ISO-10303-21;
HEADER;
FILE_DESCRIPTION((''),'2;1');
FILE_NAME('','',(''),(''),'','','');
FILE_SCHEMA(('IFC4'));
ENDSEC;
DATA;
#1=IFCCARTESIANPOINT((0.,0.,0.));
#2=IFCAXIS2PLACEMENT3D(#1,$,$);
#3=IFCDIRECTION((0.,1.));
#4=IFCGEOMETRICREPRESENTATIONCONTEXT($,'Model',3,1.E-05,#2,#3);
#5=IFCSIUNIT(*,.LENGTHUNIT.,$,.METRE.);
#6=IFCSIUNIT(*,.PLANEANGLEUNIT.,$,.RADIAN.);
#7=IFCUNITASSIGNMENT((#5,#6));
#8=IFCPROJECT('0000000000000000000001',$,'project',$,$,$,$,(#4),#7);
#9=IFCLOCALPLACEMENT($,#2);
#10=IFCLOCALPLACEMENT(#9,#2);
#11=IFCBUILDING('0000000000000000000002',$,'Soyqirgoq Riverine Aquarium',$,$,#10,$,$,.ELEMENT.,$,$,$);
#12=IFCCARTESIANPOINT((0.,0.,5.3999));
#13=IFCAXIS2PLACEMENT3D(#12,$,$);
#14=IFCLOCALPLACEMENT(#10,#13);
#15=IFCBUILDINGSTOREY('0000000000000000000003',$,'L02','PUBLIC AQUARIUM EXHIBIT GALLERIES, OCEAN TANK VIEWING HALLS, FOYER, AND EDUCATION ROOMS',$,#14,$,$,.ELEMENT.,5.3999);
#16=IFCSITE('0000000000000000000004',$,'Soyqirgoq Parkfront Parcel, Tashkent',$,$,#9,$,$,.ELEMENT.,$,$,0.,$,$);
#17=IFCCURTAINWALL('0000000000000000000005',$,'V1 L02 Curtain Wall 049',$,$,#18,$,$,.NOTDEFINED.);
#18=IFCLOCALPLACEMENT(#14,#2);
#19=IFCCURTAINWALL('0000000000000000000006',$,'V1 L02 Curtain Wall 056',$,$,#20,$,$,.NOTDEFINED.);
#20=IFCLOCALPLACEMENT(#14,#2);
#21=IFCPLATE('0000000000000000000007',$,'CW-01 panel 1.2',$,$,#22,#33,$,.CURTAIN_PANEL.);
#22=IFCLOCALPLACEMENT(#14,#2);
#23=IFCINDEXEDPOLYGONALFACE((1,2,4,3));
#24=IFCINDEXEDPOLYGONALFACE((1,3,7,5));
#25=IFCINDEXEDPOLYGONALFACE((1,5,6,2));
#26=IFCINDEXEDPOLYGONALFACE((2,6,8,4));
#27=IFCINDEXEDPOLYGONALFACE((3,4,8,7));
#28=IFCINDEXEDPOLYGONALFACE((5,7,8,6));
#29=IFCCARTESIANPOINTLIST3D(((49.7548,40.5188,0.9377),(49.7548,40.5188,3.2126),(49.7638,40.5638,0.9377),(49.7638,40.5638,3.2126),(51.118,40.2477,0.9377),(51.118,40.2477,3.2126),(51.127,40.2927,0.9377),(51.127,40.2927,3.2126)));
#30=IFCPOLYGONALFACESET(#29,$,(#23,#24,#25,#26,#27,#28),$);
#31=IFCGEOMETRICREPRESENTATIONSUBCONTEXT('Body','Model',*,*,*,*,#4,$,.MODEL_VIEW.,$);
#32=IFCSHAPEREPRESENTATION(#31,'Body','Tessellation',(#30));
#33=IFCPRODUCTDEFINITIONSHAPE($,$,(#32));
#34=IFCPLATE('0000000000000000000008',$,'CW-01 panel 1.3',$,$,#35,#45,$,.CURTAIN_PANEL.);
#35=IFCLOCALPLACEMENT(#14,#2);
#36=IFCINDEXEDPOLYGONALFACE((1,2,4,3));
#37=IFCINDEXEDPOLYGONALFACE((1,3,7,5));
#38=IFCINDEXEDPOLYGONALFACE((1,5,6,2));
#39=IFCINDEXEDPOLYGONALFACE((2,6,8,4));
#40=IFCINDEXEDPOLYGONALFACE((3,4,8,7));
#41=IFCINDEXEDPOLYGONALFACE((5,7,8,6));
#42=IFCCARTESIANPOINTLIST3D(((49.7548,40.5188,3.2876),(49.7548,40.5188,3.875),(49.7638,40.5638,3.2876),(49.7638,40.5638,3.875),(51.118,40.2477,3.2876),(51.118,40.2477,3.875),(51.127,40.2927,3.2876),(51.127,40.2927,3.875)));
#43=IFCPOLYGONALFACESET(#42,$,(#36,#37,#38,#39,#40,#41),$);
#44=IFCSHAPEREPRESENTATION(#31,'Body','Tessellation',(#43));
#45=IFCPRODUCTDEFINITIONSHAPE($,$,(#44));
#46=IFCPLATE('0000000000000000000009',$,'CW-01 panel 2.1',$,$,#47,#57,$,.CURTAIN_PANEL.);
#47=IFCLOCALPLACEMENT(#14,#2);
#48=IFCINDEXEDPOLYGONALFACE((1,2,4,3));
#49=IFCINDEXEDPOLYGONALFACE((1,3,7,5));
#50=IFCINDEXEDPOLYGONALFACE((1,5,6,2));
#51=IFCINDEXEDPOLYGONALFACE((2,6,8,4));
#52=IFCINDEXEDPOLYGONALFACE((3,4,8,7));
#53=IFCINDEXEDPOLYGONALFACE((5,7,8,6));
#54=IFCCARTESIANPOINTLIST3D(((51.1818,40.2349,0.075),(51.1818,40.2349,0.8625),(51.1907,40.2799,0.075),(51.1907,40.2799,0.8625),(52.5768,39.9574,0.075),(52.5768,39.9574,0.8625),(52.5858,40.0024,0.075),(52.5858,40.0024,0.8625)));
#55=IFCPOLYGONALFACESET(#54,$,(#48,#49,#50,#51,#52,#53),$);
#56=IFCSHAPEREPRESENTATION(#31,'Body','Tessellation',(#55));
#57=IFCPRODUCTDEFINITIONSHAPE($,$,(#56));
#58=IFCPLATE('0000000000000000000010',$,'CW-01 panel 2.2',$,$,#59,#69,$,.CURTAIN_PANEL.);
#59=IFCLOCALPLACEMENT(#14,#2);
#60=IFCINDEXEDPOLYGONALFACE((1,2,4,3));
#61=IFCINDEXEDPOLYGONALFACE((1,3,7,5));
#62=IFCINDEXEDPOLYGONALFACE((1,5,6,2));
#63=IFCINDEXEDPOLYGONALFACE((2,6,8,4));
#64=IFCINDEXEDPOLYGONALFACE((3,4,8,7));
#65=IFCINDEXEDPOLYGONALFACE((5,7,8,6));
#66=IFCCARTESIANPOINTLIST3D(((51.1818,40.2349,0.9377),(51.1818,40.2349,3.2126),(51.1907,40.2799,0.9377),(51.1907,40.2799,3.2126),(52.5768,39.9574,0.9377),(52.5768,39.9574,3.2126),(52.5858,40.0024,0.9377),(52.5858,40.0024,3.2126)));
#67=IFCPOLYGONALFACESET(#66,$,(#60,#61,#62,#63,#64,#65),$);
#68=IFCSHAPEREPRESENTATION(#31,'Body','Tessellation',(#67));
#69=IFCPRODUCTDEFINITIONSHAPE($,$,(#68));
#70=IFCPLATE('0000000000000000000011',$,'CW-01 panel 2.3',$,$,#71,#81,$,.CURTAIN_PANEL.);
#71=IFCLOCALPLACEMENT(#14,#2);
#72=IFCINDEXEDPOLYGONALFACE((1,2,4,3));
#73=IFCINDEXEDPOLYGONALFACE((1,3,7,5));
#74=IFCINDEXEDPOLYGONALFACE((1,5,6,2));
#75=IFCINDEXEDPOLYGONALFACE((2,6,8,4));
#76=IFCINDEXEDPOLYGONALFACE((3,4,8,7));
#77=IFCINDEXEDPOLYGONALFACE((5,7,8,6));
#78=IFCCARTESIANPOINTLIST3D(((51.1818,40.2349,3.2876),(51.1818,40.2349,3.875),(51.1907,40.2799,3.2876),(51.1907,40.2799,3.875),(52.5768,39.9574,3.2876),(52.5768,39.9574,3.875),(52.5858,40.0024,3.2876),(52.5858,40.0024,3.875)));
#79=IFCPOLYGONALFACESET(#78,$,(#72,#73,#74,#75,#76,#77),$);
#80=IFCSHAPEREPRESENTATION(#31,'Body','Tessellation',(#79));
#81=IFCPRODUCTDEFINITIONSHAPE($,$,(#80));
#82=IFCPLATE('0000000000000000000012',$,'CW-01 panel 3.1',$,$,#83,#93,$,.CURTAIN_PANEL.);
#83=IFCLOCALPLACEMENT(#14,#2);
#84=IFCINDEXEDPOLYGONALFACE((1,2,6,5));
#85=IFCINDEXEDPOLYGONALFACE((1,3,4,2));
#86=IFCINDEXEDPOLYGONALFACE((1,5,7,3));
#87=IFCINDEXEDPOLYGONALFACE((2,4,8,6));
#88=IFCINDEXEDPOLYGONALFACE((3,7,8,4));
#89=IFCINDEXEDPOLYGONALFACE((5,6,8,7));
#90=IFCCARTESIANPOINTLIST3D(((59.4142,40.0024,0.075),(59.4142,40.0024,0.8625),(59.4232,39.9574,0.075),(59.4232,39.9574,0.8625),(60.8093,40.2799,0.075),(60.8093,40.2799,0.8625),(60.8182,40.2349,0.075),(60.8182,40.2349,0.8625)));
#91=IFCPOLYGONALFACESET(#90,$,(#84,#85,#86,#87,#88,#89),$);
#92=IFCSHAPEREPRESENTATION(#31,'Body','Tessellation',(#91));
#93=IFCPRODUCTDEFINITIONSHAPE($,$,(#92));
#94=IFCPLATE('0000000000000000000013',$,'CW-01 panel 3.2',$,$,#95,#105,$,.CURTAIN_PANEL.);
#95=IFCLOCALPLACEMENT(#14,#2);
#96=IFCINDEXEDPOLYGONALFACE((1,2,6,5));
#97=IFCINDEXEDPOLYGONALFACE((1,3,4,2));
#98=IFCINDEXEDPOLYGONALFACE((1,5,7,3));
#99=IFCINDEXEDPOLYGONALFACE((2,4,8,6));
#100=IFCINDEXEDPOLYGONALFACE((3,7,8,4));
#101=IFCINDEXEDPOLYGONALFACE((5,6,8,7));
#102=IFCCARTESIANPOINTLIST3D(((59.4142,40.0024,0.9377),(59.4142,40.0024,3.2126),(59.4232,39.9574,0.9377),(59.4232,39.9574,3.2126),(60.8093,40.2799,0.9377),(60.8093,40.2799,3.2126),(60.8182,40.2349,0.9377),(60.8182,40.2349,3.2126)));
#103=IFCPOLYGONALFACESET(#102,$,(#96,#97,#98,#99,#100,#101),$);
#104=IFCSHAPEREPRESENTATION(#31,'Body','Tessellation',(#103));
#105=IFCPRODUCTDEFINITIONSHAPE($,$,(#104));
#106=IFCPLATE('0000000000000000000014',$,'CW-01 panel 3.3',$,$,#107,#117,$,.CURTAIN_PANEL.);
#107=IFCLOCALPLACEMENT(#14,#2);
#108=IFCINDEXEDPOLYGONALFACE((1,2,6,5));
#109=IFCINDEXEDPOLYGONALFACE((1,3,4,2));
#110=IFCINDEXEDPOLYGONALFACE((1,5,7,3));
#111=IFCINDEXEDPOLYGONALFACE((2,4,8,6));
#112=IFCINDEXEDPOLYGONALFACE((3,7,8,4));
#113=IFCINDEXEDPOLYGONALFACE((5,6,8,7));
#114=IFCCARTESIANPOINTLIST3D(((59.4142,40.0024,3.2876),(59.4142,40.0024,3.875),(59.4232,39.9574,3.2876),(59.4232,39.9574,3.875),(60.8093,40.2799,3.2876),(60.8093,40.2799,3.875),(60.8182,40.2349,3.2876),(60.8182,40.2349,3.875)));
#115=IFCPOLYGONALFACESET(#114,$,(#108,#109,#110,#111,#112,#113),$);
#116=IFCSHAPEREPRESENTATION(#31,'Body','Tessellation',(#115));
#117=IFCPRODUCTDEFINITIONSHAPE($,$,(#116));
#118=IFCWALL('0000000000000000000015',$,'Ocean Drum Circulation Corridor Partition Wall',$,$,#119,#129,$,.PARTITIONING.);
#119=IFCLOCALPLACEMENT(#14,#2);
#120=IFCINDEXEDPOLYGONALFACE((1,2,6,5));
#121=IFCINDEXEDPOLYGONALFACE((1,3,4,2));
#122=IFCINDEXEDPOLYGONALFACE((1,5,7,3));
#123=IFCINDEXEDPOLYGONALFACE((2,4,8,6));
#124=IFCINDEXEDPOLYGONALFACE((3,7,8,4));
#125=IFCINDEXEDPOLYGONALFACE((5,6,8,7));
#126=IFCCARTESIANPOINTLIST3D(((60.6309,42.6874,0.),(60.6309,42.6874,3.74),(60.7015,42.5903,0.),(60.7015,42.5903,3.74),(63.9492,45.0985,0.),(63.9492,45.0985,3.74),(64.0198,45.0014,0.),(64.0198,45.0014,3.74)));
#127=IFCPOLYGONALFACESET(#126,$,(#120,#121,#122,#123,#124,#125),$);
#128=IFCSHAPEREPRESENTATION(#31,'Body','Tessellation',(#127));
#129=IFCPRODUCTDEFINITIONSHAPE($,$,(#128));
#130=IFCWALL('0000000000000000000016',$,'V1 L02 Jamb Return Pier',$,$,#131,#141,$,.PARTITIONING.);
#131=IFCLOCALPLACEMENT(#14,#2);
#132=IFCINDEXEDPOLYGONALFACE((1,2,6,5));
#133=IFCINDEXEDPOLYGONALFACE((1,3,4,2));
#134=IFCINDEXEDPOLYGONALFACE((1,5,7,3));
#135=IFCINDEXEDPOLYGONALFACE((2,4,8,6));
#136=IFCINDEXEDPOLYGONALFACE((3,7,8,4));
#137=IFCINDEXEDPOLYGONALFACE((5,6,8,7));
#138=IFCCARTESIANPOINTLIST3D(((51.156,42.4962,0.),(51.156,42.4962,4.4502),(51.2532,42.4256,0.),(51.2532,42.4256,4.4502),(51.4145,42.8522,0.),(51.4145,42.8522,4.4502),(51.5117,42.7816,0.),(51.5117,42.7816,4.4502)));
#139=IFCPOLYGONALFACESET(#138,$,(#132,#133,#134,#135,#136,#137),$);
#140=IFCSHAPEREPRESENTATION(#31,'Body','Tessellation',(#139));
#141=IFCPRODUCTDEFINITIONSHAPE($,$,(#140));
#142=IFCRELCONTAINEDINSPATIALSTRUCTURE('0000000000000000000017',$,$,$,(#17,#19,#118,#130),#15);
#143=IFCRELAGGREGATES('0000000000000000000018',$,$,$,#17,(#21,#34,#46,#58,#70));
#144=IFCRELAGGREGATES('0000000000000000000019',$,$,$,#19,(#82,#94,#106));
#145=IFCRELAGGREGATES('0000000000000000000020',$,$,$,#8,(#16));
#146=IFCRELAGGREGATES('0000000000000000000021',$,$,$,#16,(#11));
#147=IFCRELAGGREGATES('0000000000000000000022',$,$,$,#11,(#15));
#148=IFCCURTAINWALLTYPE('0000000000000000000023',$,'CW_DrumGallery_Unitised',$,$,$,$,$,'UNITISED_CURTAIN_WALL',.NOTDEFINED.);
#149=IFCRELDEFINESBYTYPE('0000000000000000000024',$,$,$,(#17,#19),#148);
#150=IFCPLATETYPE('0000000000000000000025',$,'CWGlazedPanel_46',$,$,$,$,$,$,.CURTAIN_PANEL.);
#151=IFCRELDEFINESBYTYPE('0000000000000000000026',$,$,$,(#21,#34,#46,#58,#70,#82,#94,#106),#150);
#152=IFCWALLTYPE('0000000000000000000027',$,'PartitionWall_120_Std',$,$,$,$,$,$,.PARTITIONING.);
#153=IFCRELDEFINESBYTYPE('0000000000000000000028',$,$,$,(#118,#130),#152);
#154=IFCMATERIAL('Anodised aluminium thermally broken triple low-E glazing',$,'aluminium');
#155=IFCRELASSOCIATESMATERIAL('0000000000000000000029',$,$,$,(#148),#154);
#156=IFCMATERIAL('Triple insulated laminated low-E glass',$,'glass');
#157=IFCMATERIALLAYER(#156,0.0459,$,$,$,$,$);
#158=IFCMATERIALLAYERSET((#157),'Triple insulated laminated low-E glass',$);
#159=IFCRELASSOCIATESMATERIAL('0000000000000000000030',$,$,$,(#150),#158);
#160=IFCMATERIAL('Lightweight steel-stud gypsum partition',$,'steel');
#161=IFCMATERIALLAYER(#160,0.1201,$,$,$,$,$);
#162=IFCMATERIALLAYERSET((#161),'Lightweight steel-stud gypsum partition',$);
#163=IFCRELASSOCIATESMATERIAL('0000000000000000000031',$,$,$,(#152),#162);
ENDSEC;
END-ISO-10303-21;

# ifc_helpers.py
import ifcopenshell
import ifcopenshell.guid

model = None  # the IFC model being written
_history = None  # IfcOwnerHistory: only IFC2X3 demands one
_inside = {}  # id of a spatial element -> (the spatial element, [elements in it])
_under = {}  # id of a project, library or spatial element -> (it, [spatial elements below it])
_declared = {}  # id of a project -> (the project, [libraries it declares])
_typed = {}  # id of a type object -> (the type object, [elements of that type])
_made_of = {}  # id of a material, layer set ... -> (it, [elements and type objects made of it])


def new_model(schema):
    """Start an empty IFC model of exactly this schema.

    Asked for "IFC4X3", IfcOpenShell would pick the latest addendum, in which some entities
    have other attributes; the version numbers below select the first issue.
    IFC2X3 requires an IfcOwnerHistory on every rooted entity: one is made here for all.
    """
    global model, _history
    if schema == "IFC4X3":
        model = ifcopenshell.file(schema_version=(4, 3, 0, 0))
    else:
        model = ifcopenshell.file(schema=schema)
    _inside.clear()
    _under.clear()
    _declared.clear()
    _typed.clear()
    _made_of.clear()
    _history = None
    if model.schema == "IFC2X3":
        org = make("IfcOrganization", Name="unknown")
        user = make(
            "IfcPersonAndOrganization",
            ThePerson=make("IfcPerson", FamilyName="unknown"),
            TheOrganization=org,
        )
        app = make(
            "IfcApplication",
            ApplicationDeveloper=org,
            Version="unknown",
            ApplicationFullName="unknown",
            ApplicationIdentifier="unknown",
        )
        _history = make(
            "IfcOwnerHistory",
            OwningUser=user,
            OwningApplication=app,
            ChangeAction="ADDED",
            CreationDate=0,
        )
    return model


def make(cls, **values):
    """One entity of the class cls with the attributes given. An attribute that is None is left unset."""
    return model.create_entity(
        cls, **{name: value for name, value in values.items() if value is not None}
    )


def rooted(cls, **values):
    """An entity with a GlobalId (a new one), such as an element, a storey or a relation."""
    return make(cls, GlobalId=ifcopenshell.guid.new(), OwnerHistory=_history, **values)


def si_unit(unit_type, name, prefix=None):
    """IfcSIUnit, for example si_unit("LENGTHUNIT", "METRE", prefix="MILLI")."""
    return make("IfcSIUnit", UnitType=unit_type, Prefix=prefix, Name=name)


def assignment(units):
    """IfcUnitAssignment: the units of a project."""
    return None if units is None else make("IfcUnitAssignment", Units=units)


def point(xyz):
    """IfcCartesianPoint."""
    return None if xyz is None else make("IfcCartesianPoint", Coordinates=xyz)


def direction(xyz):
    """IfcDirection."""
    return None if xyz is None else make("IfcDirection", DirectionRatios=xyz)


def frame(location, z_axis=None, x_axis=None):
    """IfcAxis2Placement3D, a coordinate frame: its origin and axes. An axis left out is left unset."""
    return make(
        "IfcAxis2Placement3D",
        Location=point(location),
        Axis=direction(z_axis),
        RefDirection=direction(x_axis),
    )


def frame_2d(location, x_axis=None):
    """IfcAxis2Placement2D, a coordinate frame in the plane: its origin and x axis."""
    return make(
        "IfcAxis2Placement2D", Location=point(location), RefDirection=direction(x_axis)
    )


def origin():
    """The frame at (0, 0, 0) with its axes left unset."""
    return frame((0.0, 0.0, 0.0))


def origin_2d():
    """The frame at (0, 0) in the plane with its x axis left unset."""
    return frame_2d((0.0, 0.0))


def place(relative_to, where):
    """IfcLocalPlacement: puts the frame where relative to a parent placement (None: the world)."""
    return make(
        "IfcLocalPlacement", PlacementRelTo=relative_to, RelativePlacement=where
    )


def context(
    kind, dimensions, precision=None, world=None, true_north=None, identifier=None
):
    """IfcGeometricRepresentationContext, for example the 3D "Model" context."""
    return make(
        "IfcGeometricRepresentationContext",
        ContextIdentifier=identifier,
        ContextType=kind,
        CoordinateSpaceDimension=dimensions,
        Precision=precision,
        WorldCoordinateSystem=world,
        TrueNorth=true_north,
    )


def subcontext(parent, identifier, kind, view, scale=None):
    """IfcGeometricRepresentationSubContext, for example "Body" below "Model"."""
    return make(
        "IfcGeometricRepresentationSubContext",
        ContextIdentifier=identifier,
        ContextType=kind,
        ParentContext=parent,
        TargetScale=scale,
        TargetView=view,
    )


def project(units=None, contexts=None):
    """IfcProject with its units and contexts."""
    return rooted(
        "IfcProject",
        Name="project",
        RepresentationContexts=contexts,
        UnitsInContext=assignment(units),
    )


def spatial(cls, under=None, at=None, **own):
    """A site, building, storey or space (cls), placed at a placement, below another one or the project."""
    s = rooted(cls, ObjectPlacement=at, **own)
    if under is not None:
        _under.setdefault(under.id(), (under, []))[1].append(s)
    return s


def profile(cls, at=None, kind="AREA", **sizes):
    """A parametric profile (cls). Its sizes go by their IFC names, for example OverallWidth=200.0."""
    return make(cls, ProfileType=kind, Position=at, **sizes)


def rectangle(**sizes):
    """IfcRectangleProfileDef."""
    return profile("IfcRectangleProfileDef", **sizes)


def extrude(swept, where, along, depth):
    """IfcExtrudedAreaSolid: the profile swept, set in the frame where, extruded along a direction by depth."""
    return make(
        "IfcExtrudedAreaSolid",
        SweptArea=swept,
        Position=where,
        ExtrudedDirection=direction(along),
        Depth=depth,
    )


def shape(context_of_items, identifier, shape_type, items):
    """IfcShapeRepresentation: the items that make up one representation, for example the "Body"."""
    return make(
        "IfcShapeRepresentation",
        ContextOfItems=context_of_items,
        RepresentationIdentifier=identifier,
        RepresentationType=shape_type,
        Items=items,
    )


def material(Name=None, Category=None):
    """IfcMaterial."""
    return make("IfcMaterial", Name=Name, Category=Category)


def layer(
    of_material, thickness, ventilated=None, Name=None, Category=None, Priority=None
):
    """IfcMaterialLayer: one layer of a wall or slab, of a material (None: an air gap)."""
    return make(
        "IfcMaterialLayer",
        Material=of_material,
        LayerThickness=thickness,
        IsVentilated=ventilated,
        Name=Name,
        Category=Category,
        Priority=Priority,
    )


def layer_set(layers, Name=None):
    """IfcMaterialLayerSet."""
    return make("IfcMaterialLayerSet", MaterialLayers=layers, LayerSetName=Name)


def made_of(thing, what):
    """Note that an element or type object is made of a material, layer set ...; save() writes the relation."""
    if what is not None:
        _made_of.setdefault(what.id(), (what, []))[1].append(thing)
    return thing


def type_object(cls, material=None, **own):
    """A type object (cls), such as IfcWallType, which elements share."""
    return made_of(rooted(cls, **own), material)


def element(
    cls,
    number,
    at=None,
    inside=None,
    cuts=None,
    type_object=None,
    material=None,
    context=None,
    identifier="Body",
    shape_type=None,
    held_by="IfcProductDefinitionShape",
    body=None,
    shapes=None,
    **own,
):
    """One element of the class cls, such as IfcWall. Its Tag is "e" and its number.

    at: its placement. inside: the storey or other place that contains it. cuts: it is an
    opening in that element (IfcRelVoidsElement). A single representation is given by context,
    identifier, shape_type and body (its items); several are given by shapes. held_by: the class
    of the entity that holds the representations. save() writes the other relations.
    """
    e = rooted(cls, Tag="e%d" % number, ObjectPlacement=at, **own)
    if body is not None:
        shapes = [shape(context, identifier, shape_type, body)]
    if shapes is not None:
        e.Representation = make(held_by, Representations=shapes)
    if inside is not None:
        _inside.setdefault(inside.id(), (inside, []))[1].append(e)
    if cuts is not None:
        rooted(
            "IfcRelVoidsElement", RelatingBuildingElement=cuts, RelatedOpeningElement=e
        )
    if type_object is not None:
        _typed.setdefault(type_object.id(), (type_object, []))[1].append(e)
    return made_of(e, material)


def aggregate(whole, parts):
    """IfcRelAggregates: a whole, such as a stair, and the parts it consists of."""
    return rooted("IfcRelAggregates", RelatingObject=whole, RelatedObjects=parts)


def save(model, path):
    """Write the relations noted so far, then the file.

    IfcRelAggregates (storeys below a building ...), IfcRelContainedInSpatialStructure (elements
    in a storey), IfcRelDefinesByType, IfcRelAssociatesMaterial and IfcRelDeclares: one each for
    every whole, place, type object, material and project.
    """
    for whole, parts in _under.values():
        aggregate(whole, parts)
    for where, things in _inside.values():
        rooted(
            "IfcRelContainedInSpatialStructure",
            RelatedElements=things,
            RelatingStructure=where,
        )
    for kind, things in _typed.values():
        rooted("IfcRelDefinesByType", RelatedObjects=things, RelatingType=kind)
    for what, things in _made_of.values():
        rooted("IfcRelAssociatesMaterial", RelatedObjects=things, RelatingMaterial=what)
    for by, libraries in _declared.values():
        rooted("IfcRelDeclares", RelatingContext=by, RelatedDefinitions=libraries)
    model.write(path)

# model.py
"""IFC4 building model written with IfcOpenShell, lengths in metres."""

from ifc_helpers import new_model, si_unit, direction, frame, frame_2d, origin, origin_2d, place, context, subcontext, project, spatial, rectangle, extrude, material, layer, layer_set, type_object, element, aggregate, save


model = new_model("IFC4")

# Units and contexts
model_context = context("Model", 3, precision=1e-05, world=origin(), true_north=direction((0.0, 1.0)))
body_context = subcontext(model_context, "Body", "Model", "MODEL_VIEW")
ifc_project = project(units=[si_unit("LENGTHUNIT", "METRE"), si_unit("PLANEANGLEUNIT", "RADIAN")], contexts=[model_context])

# Site, building, storey
site_placement = place(None, origin())
site = spatial("IfcSite", under=ifc_project, at=site_placement, Name="Soyqirgoq Parkfront Parcel, Tashkent", CompositionType="ELEMENT", RefElevation=0.0)
building_placement = place(site_placement, origin())
building = spatial("IfcBuilding", under=site, at=building_placement, Name="Soyqirgoq Riverine Aquarium", CompositionType="ELEMENT")
storey_placement = place(building_placement, frame((0.0, 0.0, 5.3999)))
storey = spatial("IfcBuildingStorey", under=building, at=storey_placement, Name="L02", Description="PUBLIC AQUARIUM EXHIBIT GALLERIES, OCEAN TANK VIEWING HALLS, FOYER, AND EDUCATION ROOMS", CompositionType="ELEMENT", Elevation=5.3999)

# Curtain walls
ifc_material_1 = material(Name="Anodised aluminium thermally broken triple low-E glazing", Category="aluminium")
curtain_wall_type = type_object("IfcCurtainWallType", Name="CW_DrumGallery_Unitised", ElementType="UNITISED_CURTAIN_WALL", PredefinedType="NOTDEFINED", material=ifc_material_1)
curtain_wall_1_placement = place(storey_placement, origin())
curtain_wall_1 = element("IfcCurtainWall", 1, at=curtain_wall_1_placement, inside=storey, type_object=curtain_wall_type, Name="V1 L02 Curtain Wall 049", PredefinedType="NOTDEFINED")
curtain_wall_2_placement = place(storey_placement, origin())
curtain_wall_2 = element("IfcCurtainWall", 2, at=curtain_wall_2_placement, inside=storey, type_object=curtain_wall_type, Name="V1 L02 Curtain Wall 056", PredefinedType="NOTDEFINED")

# Plates
ifc_material_2 = material(Name="Triple insulated laminated low-E glass", Category="glass")
ifc_layer_1 = layer(ifc_material_2, 0.0459)
ifc_layer_set_1 = layer_set([ifc_layer_1], Name="Triple insulated laminated low-E glass")
plate_type = type_object("IfcPlateType", Name="CWGlazedPanel_46", PredefinedType="CURTAIN_PANEL", material=ifc_layer_set_1)
plate_1_placement = place(storey_placement, frame((50.4409, 40.4058, 0.9377), z_axis=(0.0, 0.0, 1.0), x_axis=(0.980786, -0.195088, 0.0)))
plate_1 = element("IfcPlate", 3, at=plate_1_placement, type_object=plate_type, Name="CW-01 panel 1.2", PredefinedType="CURTAIN_PANEL", context=body_context, shape_type="SweptSolid", body=[
    extrude(rectangle(XDim=1.3899, YDim=0.0459, at=origin_2d()), origin(), (0.0, 0.0, 1.0), 2.2749),
])
plate_2_placement = place(storey_placement, frame((50.4409, 40.4058, 3.2876), z_axis=(0.0, 0.0, 1.0), x_axis=(0.980786, -0.195088, 0.0)))
plate_2 = element("IfcPlate", 4, at=plate_2_placement, type_object=plate_type, Name="CW-01 panel 1.3", PredefinedType="CURTAIN_PANEL", context=body_context, shape_type="SweptSolid", body=[
    extrude(rectangle(XDim=1.3899, YDim=0.0459, at=origin_2d()), origin(), (0.0, 0.0, 1.0), 0.5874),
])
plate_3_placement = place(storey_placement, frame((51.8838, 40.1187, 0.075), z_axis=(0.0, 0.0, 1.0), x_axis=(0.980786, -0.195088, 0.0)))
plate_3 = element("IfcPlate", 5, at=plate_3_placement, type_object=plate_type, Name="CW-01 panel 2.1", PredefinedType="CURTAIN_PANEL", context=body_context, shape_type="SweptSolid", body=[
    extrude(rectangle(XDim=1.4224, YDim=0.0459, at=origin_2d()), origin(), (0.0, 0.0, 1.0), 0.7876),
])
plate_4_placement = place(storey_placement, frame((51.8838, 40.1187, 0.9377), z_axis=(0.0, 0.0, 1.0), x_axis=(0.980786, -0.195088, 0.0)))
plate_4 = element("IfcPlate", 6, at=plate_4_placement, type_object=plate_type, Name="CW-01 panel 2.2", PredefinedType="CURTAIN_PANEL", context=body_context, shape_type="SweptSolid", body=[
    extrude(rectangle(XDim=1.4224, YDim=0.0459, at=origin_2d()), origin(), (0.0, 0.0, 1.0), 2.2749),
])
plate_5_placement = place(storey_placement, frame((51.8838, 40.1187, 3.2876), z_axis=(0.0, 0.0, 1.0), x_axis=(0.980786, -0.195088, 0.0)))
plate_5 = element("IfcPlate", 7, at=plate_5_placement, type_object=plate_type, Name="CW-01 panel 2.3", PredefinedType="CURTAIN_PANEL", context=body_context, shape_type="SweptSolid", body=[
    extrude(rectangle(XDim=1.4224, YDim=0.0459, at=origin_2d()), origin(), (0.0, 0.0, 1.0), 0.5874),
])
aggregate(curtain_wall_1, [plate_1, plate_2, plate_3, plate_4, plate_5])
plate_6_placement = place(storey_placement, frame((60.1162, 40.1187, 0.075), z_axis=(0.0, 0.0, 1.0), x_axis=(0.980786, 0.195088, 0.0)))
plate_6 = element("IfcPlate", 8, at=plate_6_placement, type_object=plate_type, Name="CW-01 panel 3.1", PredefinedType="CURTAIN_PANEL", context=body_context, shape_type="SweptSolid", body=[
    extrude(rectangle(XDim=1.4224, YDim=0.0459, at=origin_2d()), origin(), (0.0, 0.0, 1.0), 0.7876),
])
plate_7_placement = place(storey_placement, frame((60.1162, 40.1187, 0.9377), z_axis=(0.0, 0.0, 1.0), x_axis=(0.980786, 0.195088, 0.0)))
plate_7 = element("IfcPlate", 9, at=plate_7_placement, type_object=plate_type, Name="CW-01 panel 3.2", PredefinedType="CURTAIN_PANEL", context=body_context, shape_type="SweptSolid", body=[
    extrude(rectangle(XDim=1.4224, YDim=0.0459, at=origin_2d()), origin(), (0.0, 0.0, 1.0), 2.2749),
])
plate_8_placement = place(storey_placement, frame((60.1162, 40.1187, 3.2876), z_axis=(0.0, 0.0, 1.0), x_axis=(0.980786, 0.195088, 0.0)))
plate_8 = element("IfcPlate", 10, at=plate_8_placement, type_object=plate_type, Name="CW-01 panel 3.3", PredefinedType="CURTAIN_PANEL", context=body_context, shape_type="SweptSolid", body=[
    extrude(rectangle(XDim=1.4224, YDim=0.0459, at=origin_2d()), origin(), (0.0, 0.0, 1.0), 0.5874),
])
aggregate(curtain_wall_2, [plate_6, plate_7, plate_8])

# Walls
ifc_material_3 = material(Name="Lightweight steel-stud gypsum partition", Category="steel")
ifc_layer_2 = layer(ifc_material_3, 0.1201)
ifc_layer_set_2 = layer_set([ifc_layer_2], Name="Lightweight steel-stud gypsum partition")
wall_type_1 = type_object("IfcWallType", Name="PartitionWall_120_Std", PredefinedType="PARTITIONING", material=ifc_layer_set_2)
wall_1_placement = place(storey_placement, frame((60.6663, 42.6389, 0.0), z_axis=(0.0, 0.0, 1.0), x_axis=(0.808993, 0.587818, 0.0)))
element("IfcWall", 11, at=wall_1_placement, inside=storey, type_object=wall_type_1, Name="Ocean Drum Circulation Corridor Partition Wall", PredefinedType="PARTITIONING", context=body_context, shape_type="SweptSolid", body=[
    extrude(rectangle(XDim=4.1018, YDim=0.1201, at=frame_2d((2.0508, 0.0))), origin(), (0.0, 0.0, 1.0), 3.74),
])
wall_2_placement = place(storey_placement, frame((51.2046, 42.4609, 0.0), z_axis=(0.0, 0.0, 1.0), x_axis=(0.587677, 0.809096, 0.0)))
element("IfcWall", 12, at=wall_2_placement, inside=storey, type_object=wall_type_1, Name="V1 L02 Jamb Return Pier", PredefinedType="PARTITIONING", context=body_context, shape_type="SweptSolid", body=[
    extrude(rectangle(XDim=0.4399, YDim=0.1201, at=frame_2d((0.22, 0.0))), origin(), (0.0, 0.0, 1.0), 4.4502),
])

save(model, "model.ifc")
